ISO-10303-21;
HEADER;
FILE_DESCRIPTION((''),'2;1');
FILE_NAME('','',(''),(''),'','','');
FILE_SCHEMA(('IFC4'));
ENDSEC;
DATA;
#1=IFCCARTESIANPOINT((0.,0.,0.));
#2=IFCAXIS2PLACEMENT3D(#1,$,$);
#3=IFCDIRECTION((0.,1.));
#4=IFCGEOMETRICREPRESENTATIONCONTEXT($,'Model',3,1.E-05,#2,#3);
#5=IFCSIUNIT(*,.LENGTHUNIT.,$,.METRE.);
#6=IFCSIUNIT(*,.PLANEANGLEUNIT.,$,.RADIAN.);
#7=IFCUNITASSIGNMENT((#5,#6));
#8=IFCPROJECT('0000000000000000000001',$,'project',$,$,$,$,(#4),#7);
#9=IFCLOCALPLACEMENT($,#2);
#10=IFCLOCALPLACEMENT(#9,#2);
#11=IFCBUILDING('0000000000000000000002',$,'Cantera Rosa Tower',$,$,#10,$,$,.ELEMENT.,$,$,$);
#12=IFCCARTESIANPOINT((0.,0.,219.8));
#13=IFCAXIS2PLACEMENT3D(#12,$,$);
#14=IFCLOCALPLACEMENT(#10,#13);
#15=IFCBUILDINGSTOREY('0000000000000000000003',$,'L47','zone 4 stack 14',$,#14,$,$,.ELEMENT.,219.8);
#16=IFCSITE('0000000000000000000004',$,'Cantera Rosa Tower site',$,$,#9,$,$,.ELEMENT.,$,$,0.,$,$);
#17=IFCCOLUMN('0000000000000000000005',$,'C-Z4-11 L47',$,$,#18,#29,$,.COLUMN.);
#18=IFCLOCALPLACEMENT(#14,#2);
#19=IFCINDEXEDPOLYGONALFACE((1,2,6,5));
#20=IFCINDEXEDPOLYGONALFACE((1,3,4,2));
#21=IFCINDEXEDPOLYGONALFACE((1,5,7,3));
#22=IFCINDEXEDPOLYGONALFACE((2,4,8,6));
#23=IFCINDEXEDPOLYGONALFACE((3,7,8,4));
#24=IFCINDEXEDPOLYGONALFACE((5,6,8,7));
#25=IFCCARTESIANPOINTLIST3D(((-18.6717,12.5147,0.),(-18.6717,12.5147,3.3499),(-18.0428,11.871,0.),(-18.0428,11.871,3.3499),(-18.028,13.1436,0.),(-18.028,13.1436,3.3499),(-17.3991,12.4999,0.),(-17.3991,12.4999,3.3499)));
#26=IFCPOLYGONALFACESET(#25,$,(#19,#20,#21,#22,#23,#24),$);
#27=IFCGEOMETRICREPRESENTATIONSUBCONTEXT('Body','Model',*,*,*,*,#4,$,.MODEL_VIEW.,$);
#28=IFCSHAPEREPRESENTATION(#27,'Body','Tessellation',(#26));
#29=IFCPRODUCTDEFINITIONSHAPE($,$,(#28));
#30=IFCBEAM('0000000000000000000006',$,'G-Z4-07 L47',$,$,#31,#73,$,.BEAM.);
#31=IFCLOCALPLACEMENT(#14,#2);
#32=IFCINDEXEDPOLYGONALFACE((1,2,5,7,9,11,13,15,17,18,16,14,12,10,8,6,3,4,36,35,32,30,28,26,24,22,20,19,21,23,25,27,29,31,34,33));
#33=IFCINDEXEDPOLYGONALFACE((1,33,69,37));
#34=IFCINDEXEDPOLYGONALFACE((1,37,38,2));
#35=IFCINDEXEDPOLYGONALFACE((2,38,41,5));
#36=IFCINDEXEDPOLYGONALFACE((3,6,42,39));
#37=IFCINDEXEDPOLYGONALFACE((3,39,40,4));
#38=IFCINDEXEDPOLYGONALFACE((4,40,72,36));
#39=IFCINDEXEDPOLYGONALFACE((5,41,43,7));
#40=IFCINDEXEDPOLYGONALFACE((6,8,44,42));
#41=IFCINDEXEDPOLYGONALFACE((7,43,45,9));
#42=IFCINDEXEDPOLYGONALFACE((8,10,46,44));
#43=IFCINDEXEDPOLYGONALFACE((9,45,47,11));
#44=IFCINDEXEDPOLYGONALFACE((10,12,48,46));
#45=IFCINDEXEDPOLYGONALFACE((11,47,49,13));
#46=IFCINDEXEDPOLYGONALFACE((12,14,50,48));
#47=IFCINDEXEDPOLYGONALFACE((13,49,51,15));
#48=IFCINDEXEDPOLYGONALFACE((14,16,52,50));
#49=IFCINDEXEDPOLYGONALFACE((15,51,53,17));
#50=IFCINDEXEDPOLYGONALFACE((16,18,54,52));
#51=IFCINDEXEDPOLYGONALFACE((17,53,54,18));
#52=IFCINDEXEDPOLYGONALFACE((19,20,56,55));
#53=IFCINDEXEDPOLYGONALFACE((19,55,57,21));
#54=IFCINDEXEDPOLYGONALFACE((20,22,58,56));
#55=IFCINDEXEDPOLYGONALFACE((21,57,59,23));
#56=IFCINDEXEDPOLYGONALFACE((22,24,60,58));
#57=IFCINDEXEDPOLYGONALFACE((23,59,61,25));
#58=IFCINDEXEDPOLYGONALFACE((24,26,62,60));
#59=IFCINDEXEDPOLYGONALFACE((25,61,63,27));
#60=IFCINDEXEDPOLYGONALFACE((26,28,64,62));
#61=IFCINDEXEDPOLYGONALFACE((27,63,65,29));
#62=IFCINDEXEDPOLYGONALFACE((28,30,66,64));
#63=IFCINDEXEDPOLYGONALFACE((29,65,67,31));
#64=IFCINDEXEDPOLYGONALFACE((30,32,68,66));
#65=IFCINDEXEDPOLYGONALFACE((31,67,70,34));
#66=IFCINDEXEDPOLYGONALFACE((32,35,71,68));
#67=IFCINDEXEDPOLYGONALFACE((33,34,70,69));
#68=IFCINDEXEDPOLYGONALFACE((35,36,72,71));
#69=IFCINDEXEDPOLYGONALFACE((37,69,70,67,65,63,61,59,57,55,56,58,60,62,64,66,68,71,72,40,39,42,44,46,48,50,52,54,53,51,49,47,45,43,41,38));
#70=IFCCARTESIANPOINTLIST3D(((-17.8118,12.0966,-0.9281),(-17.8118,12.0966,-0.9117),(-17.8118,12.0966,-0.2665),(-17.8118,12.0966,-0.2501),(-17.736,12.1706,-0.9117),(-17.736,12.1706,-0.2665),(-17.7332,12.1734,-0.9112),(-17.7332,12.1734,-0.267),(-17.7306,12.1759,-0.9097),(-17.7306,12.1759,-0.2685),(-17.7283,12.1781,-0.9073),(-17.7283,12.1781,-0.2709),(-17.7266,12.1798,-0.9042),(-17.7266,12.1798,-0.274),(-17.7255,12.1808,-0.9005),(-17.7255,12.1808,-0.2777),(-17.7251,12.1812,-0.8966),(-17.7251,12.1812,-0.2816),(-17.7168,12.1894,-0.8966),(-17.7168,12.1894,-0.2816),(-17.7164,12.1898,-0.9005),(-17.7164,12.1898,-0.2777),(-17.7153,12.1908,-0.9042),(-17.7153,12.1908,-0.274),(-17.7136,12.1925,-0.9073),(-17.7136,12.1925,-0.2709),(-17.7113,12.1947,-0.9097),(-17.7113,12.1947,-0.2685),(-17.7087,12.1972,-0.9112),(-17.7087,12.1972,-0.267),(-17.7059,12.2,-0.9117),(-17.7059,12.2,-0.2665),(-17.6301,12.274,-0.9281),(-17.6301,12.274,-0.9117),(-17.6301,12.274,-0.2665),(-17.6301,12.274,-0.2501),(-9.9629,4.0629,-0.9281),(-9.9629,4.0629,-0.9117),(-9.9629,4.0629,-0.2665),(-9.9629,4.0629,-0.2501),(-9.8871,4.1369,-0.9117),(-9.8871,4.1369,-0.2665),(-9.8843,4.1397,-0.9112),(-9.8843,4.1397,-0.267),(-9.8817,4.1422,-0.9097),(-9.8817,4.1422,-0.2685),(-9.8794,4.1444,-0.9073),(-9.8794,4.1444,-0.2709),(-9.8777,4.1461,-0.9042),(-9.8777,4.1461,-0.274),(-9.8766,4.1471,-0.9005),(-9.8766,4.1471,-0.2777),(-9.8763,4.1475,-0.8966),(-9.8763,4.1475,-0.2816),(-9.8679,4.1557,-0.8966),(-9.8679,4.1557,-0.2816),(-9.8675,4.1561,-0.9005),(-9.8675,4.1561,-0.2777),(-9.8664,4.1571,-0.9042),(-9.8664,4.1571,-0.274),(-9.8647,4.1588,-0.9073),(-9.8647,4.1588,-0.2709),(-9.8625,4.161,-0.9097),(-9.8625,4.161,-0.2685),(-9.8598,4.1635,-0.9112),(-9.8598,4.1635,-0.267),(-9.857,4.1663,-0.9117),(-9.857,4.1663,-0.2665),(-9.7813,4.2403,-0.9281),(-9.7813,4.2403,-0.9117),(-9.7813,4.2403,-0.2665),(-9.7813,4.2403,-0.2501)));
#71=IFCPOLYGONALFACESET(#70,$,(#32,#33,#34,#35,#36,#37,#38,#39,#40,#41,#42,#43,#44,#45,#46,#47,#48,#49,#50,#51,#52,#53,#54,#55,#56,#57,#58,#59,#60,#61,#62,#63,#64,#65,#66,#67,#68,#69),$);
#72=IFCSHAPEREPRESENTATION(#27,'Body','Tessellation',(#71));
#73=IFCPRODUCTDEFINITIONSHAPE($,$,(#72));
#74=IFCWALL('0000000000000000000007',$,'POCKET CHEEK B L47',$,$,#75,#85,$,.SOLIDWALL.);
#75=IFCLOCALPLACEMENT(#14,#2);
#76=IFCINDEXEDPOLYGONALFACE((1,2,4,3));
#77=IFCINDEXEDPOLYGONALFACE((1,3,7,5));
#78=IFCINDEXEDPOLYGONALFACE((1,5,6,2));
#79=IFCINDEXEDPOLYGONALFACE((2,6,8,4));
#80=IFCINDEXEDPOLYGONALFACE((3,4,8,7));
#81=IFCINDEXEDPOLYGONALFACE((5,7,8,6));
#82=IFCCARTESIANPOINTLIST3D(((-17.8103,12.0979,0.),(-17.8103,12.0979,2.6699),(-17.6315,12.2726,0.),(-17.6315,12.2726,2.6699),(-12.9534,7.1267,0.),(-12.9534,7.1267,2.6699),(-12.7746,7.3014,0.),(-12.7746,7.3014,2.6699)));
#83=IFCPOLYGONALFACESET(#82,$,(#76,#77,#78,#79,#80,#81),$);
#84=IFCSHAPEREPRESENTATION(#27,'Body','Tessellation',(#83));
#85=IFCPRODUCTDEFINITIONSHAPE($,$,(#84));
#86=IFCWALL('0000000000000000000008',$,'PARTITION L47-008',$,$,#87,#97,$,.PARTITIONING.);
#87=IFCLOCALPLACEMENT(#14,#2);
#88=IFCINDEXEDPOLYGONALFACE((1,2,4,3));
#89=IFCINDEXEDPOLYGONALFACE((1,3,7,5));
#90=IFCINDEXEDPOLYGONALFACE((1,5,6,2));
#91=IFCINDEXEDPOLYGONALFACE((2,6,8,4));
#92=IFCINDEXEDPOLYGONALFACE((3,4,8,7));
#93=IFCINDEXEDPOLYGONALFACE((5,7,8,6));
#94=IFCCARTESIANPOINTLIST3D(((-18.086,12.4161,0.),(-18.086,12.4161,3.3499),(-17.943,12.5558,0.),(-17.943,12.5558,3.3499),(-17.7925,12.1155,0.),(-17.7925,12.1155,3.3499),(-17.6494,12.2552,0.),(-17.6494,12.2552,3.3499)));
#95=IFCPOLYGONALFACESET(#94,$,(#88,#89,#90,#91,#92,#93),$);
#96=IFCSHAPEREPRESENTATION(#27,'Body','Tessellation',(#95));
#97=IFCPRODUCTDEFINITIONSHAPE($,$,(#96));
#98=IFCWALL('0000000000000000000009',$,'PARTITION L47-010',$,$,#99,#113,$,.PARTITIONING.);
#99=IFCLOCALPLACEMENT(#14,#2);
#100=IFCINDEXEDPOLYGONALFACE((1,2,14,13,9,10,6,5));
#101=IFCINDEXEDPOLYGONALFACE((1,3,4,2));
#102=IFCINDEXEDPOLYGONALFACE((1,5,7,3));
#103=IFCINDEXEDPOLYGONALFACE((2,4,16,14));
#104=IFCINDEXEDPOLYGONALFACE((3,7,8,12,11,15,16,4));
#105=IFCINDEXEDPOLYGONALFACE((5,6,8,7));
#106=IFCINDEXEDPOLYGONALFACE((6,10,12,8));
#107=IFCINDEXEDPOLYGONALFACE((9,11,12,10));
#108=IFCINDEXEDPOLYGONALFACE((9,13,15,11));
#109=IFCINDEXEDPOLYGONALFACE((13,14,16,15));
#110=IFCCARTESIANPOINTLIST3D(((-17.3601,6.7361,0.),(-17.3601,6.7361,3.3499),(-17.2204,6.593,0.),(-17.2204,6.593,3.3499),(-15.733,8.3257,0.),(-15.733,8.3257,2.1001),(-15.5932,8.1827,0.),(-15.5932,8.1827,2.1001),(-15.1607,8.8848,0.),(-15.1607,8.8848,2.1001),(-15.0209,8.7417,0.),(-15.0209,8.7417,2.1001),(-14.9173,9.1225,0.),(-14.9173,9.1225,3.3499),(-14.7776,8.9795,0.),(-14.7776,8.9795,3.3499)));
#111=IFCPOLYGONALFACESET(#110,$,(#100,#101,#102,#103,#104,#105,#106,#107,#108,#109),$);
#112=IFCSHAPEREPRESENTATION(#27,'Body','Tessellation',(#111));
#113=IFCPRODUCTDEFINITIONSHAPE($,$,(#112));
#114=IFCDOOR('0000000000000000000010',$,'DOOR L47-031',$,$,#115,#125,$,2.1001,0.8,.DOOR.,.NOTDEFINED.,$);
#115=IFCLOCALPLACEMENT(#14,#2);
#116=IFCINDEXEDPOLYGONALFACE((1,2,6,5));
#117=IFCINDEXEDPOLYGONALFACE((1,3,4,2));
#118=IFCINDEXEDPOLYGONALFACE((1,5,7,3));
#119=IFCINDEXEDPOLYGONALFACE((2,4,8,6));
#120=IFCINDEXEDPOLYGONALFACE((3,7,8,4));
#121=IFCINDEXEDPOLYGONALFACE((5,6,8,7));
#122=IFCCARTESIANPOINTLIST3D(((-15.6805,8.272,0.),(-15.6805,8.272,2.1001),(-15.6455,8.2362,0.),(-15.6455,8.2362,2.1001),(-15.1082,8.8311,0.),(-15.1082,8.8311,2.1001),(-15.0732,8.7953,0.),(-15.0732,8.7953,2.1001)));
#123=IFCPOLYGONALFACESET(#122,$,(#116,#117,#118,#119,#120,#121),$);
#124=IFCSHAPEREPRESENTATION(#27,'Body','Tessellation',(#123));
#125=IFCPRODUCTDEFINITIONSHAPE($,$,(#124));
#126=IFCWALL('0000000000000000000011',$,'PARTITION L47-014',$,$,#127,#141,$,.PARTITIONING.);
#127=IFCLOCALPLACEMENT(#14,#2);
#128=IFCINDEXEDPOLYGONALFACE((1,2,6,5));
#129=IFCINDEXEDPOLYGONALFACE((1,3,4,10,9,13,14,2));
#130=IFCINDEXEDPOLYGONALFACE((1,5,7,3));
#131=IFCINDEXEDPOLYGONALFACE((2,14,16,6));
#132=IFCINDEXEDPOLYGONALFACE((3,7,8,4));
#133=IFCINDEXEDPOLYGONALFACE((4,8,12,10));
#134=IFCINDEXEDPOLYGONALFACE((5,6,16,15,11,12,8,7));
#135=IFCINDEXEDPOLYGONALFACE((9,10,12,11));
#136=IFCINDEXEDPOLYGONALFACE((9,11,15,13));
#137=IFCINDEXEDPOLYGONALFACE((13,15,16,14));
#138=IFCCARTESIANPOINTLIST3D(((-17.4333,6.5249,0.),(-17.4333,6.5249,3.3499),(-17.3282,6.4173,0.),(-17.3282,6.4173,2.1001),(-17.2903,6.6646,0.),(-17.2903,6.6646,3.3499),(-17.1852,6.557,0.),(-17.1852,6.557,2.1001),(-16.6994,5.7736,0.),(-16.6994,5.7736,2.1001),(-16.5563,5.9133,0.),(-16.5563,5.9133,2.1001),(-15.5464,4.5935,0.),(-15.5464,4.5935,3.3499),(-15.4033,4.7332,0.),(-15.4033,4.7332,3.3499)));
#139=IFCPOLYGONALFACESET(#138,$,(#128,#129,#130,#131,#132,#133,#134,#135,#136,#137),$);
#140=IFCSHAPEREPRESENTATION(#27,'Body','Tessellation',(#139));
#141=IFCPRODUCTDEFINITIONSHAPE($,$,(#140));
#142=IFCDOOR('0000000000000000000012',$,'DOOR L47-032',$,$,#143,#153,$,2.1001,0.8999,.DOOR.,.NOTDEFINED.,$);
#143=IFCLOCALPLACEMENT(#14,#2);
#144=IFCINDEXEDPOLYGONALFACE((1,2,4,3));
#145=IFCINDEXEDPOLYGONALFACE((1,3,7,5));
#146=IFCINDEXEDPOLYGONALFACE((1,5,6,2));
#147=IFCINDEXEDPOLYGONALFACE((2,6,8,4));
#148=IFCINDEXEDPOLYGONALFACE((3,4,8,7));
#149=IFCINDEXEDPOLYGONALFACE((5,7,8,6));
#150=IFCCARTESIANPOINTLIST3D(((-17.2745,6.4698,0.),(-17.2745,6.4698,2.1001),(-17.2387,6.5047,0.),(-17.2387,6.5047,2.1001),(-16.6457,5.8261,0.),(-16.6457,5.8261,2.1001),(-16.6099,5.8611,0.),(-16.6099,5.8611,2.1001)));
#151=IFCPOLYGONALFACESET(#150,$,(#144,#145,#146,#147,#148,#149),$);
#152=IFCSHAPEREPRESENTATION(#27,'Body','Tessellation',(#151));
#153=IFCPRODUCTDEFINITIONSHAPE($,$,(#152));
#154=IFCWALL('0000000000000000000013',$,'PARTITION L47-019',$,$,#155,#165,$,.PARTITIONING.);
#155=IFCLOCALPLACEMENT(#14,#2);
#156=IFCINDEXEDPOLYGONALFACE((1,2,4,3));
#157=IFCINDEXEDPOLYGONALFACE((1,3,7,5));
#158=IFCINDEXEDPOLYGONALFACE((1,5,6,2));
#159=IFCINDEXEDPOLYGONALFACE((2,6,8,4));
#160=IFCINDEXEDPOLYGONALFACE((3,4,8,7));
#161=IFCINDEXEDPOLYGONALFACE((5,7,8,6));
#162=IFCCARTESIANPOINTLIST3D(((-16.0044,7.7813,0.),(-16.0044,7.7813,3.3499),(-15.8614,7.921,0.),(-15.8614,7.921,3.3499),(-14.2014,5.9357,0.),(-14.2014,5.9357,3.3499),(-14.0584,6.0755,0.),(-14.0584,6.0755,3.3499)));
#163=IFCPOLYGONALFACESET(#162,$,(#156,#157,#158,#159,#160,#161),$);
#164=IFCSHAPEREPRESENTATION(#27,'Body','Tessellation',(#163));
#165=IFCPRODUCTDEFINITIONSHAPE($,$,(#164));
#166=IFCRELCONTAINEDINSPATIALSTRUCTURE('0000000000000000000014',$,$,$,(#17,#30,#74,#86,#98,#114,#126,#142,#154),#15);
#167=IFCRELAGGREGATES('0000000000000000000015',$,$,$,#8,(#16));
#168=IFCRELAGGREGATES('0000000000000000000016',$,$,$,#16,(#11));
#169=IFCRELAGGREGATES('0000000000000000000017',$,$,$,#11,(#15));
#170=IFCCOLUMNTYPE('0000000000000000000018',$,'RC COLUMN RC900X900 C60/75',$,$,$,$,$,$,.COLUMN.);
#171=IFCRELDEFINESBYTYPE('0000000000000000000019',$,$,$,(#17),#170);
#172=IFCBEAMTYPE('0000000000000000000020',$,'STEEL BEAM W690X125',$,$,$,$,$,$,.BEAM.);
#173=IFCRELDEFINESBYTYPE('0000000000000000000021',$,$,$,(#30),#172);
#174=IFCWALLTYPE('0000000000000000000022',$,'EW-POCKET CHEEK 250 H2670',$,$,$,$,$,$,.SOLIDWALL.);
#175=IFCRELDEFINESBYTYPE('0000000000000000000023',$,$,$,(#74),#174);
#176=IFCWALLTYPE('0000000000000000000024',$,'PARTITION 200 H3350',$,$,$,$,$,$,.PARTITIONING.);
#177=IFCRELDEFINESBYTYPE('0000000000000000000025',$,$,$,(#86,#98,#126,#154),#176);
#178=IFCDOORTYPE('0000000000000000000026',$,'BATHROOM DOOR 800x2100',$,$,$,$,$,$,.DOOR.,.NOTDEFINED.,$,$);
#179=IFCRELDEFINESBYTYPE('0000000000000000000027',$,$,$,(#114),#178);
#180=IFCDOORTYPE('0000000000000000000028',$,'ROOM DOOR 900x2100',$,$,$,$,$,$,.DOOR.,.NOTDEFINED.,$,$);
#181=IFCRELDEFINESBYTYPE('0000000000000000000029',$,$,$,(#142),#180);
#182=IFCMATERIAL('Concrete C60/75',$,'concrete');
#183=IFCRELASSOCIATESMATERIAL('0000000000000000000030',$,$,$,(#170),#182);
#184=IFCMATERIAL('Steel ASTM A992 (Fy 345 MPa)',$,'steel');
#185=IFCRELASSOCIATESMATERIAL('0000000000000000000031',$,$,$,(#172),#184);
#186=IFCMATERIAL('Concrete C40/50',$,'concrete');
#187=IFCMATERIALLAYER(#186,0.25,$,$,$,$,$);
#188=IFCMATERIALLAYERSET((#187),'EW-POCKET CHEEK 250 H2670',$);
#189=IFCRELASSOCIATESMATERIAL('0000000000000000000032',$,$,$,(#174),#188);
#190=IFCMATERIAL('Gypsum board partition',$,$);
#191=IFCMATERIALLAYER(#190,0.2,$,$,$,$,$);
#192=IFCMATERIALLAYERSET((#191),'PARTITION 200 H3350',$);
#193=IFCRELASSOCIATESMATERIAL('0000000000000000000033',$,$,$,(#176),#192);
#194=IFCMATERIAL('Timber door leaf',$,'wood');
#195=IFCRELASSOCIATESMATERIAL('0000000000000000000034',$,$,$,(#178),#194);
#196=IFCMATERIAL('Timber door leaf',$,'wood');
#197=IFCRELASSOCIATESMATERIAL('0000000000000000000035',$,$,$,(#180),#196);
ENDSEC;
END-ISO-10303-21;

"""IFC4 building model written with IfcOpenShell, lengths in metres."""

from ifc_helpers import new_model, si_unit, direction, frame, frame_2d, origin, origin_2d, place, context, subcontext, project, spatial, rectangle, i_section, extrude, material, layer, layer_set, material_profile, profile_set, type_object, element, fill, save


model = new_model("IFC4")

# Units and contexts
model_context = context("Model", 3, precision=1e-05, world=origin(), true_north=direction((0.0, 1.0)))
body_context = subcontext(model_context, "Body", "Model", "MODEL_VIEW")
ifc_project = project(units=[si_unit("LENGTHUNIT", "METRE"), si_unit("PLANEANGLEUNIT", "RADIAN")], contexts=[model_context])

# Site, building, storey
site_placement = place(None, origin())
site = spatial("IfcSite", under=ifc_project, at=site_placement, Name="Cantera Rosa Tower site", CompositionType="ELEMENT", RefElevation=0.0)
building_placement = place(site_placement, origin())
building = spatial("IfcBuilding", under=site, at=building_placement, Name="Cantera Rosa Tower", CompositionType="ELEMENT")
storey_placement = place(building_placement, frame((0.0, 0.0, 219.8)))
storey = spatial("IfcBuildingStorey", under=building, at=storey_placement, Name="L47", Description="zone 4 stack 14", CompositionType="ELEMENT", Elevation=219.8)

# Column
ifc_material_1 = material(Name="Concrete C60/75", Category="concrete")
ifc_material_profile_1 = material_profile(ifc_material_1, rectangle(XDim=0.8999, YDim=0.8999, at=origin_2d()), Name="RC COLUMN RC900X900 C60/75")
ifc_profile_set_1 = profile_set([ifc_material_profile_1], Name="Concrete C60/75")
column_type = type_object("IfcColumnType", Name="RC COLUMN RC900X900 C60/75", PredefinedType="COLUMN", material=ifc_profile_set_1)
column_placement = place(storey_placement, frame((-18.0354, 12.5073, 0.0), z_axis=(0.0, 0.0, 1.0), x_axis=(0.715286, 0.698832, 0.0)))
element("IfcColumn", 1, at=column_placement, inside=storey, type_object=column_type, Name="C-Z4-11 L47", PredefinedType="COLUMN", context=body_context, shape_type="SweptSolid", body=[
    extrude(rectangle(XDim=0.8999, YDim=0.8999, at=origin_2d()), origin(), (0.0, 0.0, 1.0), 3.3499),
])

# Beam
ifc_material_2 = material(Name="Steel ASTM A992 (Fy 345 MPa)", Category="steel")
ifc_material_profile_2 = material_profile(ifc_material_2, i_section(OverallWidth=0.2539, OverallDepth=0.678, WebThickness=0.0117, FlangeThickness=0.0164, FilletRadius=0.0151, at=origin_2d()), Name="W690X125")
ifc_profile_set_2 = profile_set([ifc_material_profile_2], Name="Steel ASTM A992 (Fy 345 MPa)")
beam_type = type_object("IfcBeamType", Name="STEEL BEAM W690X125", PredefinedType="BEAM", material=ifc_profile_set_2)
beam_placement = place(storey_placement, frame((-17.7209, 12.1853, -0.5891), z_axis=(0.698831, -0.715286, 0.0), x_axis=(0.715286, 0.698831, 0.0)))
element("IfcBeam", 2, at=beam_placement, inside=storey, type_object=beam_type, Name="G-Z4-07 L47", PredefinedType="BEAM", context=body_context, shape_type="SweptSolid", body=[
    extrude(i_section(OverallWidth=0.2539, OverallDepth=0.678, WebThickness=0.0117, FlangeThickness=0.0164, FilletRadius=0.0151, at=origin_2d()), origin(), (0.0, 0.0, 1.0), 11.2314),
])

# Walls
ifc_material_3 = material(Name="Concrete C40/50", Category="concrete")
ifc_layer_1 = layer(ifc_material_3, 0.25)
ifc_layer_set_1 = layer_set([ifc_layer_1], Name="EW-POCKET CHEEK 250 H2670")
wall_type_1 = type_object("IfcWallType", Name="EW-POCKET CHEEK 250 H2670", PredefinedType="SOLIDWALL", material=ifc_layer_set_1)
wall_1_placement = place(storey_placement, frame((-17.7209, 12.1853, 0.0), z_axis=(0.0, 0.0, 1.0), x_axis=(0.698839, -0.715279, 0.0)))
element("IfcWall", 3, at=wall_1_placement, inside=storey, type_object=wall_type_1, Name="POCKET CHEEK B L47", PredefinedType="SOLIDWALL", context=body_context, shape_type="SweptSolid", body=[
    extrude(rectangle(XDim=6.95, YDim=0.25, at=frame_2d((3.4751, 0.0))), origin(), (0.0, 0.0, 1.0), 2.6699),
])
ifc_material_4 = material(Name="Gypsum board partition")
ifc_layer_2 = layer(ifc_material_4, 0.2)
ifc_layer_set_2 = layer_set([ifc_layer_2], Name="PARTITION 200 H3350")
wall_type_2 = type_object("IfcWallType", Name="PARTITION 200 H3350", PredefinedType="PARTITIONING", material=ifc_layer_set_2)
wall_2_placement = place(storey_placement, frame((-18.0144, 12.4858, 0.0), z_axis=(0.0, 0.0, 1.0), x_axis=(0.698629, -0.715484, 0.0)))
element("IfcWall", 4, at=wall_2_placement, inside=storey, type_object=wall_type_2, Name="PARTITION L47-008", PredefinedType="PARTITIONING", context=body_context, shape_type="SweptSolid", body=[
    extrude(rectangle(XDim=0.4202, YDim=0.2, at=frame_2d((0.21, 0.0))), origin(), (0.0, 0.0, 1.0), 3.3499),
])

# Walls, openings, doors
wall_3_placement = place(storey_placement, frame((-17.2903, 6.6646, 0.0), z_axis=(0.0, 0.0, 1.0), x_axis=(0.715316, 0.698802, 0.0)))
wall_3 = element("IfcWall", 5, at=wall_3_placement, inside=storey, type_object=wall_type_2, Name="PARTITION L47-010", PredefinedType="PARTITIONING", context=body_context, shape_type="SweptSolid", body=[
    extrude(rectangle(XDim=3.415, YDim=0.2, at=frame_2d((1.7075, 0.0))), origin(), (0.0, 0.0, 1.0), 3.3499),
])
opening_1_placement = place(wall_3_placement, frame((2.2749, 0.0, 0.0)))
opening_1 = element("IfcOpeningElement", 6, at=opening_1_placement, cuts=wall_3, PredefinedType="OPENING", context=body_context, shape_type="SweptSolid", body=[
    extrude(rectangle(XDim=0.8, YDim=2.1001, at=frame_2d((0.3999, 1.05))), frame((0.0, 0.1099, 0.0), z_axis=(0.0, -1.0, 0.0), x_axis=(1.0, 0.0, 0.0)), (0.0, 0.0, 1.0), 0.22),
])
ifc_material_5 = material(Name="Timber door leaf", Category="wood")
door_type_1 = type_object("IfcDoorType", Name="BATHROOM DOOR 800x2100", OperationType="NOTDEFINED", PredefinedType="DOOR", material=ifc_material_5)
door_1_placement = place(opening_1_placement, origin())
door_1 = element("IfcDoor", 7, at=door_1_placement, inside=storey, type_object=door_type_1, Name="DOOR L47-031", OperationType="NOTDEFINED", OverallHeight=2.1001, OverallWidth=0.8, PredefinedType="DOOR", context=body_context, shape_type="SweptSolid", body=[
    extrude(rectangle(XDim=0.8, YDim=2.1001, at=frame_2d((0.3999, 1.05))), frame((0.0, 0.0249, 0.0), z_axis=(0.0, -1.0, 0.0), x_axis=(1.0, 0.0, 0.0)), (0.0, 0.0, 1.0), 0.05),
])
fill(opening_1, door_1)
wall_4_placement = place(storey_placement, frame((-15.4749, 4.6633, 0.0), z_axis=(0.0, 0.0, 1.0), x_axis=(-0.698831, 0.715287, 0.0)))
wall_4 = element("IfcWall", 8, at=wall_4_placement, inside=storey, type_object=wall_type_2, Name="PARTITION L47-014", PredefinedType="PARTITIONING", context=body_context, shape_type="SweptSolid", body=[
    extrude(rectangle(XDim=2.7002, YDim=0.2, at=frame_2d((1.3501, 0.0))), origin(), (0.0, 0.0, 1.0), 3.3499),
])
opening_2_placement = place(wall_4_placement, frame((1.6499, 0.0, 0.0)))
opening_2 = element("IfcOpeningElement", 9, at=opening_2_placement, cuts=wall_4, PredefinedType="OPENING", context=body_context, shape_type="SweptSolid", body=[
    extrude(rectangle(XDim=0.8999, YDim=2.1001, at=frame_2d((0.45, 1.05))), frame((0.0, 0.1099, 0.0), z_axis=(0.0, -1.0, 0.0), x_axis=(1.0, 0.0, 0.0)), (0.0, 0.0, 1.0), 0.22),
])
ifc_material_6 = material(Name="Timber door leaf", Category="wood")
door_type_2 = type_object("IfcDoorType", Name="ROOM DOOR 900x2100", OperationType="NOTDEFINED", PredefinedType="DOOR", material=ifc_material_6)
door_2_placement = place(opening_2_placement, origin())
door_2 = element("IfcDoor", 10, at=door_2_placement, inside=storey, type_object=door_type_2, Name="DOOR L47-032", OperationType="NOTDEFINED", OverallHeight=2.1001, OverallWidth=0.8999, PredefinedType="DOOR", context=body_context, shape_type="SweptSolid", body=[
    extrude(rectangle(XDim=0.8999, YDim=2.1001, at=frame_2d((0.45, 1.05))), frame((0.0, 0.0249, 0.0), z_axis=(0.0, -1.0, 0.0), x_axis=(1.0, 0.0, 0.0)), (0.0, 0.0, 1.0), 0.05),
])
fill(opening_2, door_2)

# Wall
wall_5_placement = place(storey_placement, frame((-14.1299, 6.0056, 0.0), z_axis=(0.0, 0.0, 1.0), x_axis=(-0.698826, 0.715291, 0.0)))
element("IfcWall", 11, at=wall_5_placement, inside=storey, type_object=wall_type_2, Name="PARTITION L47-019", PredefinedType="PARTITIONING", context=body_context, shape_type="SweptSolid", body=[
    extrude(rectangle(XDim=2.5801, YDim=0.2, at=frame_2d((1.29, 0.0))), origin(), (0.0, 0.0, 1.0), 3.3499),
])

save(model, "model.ifc")
